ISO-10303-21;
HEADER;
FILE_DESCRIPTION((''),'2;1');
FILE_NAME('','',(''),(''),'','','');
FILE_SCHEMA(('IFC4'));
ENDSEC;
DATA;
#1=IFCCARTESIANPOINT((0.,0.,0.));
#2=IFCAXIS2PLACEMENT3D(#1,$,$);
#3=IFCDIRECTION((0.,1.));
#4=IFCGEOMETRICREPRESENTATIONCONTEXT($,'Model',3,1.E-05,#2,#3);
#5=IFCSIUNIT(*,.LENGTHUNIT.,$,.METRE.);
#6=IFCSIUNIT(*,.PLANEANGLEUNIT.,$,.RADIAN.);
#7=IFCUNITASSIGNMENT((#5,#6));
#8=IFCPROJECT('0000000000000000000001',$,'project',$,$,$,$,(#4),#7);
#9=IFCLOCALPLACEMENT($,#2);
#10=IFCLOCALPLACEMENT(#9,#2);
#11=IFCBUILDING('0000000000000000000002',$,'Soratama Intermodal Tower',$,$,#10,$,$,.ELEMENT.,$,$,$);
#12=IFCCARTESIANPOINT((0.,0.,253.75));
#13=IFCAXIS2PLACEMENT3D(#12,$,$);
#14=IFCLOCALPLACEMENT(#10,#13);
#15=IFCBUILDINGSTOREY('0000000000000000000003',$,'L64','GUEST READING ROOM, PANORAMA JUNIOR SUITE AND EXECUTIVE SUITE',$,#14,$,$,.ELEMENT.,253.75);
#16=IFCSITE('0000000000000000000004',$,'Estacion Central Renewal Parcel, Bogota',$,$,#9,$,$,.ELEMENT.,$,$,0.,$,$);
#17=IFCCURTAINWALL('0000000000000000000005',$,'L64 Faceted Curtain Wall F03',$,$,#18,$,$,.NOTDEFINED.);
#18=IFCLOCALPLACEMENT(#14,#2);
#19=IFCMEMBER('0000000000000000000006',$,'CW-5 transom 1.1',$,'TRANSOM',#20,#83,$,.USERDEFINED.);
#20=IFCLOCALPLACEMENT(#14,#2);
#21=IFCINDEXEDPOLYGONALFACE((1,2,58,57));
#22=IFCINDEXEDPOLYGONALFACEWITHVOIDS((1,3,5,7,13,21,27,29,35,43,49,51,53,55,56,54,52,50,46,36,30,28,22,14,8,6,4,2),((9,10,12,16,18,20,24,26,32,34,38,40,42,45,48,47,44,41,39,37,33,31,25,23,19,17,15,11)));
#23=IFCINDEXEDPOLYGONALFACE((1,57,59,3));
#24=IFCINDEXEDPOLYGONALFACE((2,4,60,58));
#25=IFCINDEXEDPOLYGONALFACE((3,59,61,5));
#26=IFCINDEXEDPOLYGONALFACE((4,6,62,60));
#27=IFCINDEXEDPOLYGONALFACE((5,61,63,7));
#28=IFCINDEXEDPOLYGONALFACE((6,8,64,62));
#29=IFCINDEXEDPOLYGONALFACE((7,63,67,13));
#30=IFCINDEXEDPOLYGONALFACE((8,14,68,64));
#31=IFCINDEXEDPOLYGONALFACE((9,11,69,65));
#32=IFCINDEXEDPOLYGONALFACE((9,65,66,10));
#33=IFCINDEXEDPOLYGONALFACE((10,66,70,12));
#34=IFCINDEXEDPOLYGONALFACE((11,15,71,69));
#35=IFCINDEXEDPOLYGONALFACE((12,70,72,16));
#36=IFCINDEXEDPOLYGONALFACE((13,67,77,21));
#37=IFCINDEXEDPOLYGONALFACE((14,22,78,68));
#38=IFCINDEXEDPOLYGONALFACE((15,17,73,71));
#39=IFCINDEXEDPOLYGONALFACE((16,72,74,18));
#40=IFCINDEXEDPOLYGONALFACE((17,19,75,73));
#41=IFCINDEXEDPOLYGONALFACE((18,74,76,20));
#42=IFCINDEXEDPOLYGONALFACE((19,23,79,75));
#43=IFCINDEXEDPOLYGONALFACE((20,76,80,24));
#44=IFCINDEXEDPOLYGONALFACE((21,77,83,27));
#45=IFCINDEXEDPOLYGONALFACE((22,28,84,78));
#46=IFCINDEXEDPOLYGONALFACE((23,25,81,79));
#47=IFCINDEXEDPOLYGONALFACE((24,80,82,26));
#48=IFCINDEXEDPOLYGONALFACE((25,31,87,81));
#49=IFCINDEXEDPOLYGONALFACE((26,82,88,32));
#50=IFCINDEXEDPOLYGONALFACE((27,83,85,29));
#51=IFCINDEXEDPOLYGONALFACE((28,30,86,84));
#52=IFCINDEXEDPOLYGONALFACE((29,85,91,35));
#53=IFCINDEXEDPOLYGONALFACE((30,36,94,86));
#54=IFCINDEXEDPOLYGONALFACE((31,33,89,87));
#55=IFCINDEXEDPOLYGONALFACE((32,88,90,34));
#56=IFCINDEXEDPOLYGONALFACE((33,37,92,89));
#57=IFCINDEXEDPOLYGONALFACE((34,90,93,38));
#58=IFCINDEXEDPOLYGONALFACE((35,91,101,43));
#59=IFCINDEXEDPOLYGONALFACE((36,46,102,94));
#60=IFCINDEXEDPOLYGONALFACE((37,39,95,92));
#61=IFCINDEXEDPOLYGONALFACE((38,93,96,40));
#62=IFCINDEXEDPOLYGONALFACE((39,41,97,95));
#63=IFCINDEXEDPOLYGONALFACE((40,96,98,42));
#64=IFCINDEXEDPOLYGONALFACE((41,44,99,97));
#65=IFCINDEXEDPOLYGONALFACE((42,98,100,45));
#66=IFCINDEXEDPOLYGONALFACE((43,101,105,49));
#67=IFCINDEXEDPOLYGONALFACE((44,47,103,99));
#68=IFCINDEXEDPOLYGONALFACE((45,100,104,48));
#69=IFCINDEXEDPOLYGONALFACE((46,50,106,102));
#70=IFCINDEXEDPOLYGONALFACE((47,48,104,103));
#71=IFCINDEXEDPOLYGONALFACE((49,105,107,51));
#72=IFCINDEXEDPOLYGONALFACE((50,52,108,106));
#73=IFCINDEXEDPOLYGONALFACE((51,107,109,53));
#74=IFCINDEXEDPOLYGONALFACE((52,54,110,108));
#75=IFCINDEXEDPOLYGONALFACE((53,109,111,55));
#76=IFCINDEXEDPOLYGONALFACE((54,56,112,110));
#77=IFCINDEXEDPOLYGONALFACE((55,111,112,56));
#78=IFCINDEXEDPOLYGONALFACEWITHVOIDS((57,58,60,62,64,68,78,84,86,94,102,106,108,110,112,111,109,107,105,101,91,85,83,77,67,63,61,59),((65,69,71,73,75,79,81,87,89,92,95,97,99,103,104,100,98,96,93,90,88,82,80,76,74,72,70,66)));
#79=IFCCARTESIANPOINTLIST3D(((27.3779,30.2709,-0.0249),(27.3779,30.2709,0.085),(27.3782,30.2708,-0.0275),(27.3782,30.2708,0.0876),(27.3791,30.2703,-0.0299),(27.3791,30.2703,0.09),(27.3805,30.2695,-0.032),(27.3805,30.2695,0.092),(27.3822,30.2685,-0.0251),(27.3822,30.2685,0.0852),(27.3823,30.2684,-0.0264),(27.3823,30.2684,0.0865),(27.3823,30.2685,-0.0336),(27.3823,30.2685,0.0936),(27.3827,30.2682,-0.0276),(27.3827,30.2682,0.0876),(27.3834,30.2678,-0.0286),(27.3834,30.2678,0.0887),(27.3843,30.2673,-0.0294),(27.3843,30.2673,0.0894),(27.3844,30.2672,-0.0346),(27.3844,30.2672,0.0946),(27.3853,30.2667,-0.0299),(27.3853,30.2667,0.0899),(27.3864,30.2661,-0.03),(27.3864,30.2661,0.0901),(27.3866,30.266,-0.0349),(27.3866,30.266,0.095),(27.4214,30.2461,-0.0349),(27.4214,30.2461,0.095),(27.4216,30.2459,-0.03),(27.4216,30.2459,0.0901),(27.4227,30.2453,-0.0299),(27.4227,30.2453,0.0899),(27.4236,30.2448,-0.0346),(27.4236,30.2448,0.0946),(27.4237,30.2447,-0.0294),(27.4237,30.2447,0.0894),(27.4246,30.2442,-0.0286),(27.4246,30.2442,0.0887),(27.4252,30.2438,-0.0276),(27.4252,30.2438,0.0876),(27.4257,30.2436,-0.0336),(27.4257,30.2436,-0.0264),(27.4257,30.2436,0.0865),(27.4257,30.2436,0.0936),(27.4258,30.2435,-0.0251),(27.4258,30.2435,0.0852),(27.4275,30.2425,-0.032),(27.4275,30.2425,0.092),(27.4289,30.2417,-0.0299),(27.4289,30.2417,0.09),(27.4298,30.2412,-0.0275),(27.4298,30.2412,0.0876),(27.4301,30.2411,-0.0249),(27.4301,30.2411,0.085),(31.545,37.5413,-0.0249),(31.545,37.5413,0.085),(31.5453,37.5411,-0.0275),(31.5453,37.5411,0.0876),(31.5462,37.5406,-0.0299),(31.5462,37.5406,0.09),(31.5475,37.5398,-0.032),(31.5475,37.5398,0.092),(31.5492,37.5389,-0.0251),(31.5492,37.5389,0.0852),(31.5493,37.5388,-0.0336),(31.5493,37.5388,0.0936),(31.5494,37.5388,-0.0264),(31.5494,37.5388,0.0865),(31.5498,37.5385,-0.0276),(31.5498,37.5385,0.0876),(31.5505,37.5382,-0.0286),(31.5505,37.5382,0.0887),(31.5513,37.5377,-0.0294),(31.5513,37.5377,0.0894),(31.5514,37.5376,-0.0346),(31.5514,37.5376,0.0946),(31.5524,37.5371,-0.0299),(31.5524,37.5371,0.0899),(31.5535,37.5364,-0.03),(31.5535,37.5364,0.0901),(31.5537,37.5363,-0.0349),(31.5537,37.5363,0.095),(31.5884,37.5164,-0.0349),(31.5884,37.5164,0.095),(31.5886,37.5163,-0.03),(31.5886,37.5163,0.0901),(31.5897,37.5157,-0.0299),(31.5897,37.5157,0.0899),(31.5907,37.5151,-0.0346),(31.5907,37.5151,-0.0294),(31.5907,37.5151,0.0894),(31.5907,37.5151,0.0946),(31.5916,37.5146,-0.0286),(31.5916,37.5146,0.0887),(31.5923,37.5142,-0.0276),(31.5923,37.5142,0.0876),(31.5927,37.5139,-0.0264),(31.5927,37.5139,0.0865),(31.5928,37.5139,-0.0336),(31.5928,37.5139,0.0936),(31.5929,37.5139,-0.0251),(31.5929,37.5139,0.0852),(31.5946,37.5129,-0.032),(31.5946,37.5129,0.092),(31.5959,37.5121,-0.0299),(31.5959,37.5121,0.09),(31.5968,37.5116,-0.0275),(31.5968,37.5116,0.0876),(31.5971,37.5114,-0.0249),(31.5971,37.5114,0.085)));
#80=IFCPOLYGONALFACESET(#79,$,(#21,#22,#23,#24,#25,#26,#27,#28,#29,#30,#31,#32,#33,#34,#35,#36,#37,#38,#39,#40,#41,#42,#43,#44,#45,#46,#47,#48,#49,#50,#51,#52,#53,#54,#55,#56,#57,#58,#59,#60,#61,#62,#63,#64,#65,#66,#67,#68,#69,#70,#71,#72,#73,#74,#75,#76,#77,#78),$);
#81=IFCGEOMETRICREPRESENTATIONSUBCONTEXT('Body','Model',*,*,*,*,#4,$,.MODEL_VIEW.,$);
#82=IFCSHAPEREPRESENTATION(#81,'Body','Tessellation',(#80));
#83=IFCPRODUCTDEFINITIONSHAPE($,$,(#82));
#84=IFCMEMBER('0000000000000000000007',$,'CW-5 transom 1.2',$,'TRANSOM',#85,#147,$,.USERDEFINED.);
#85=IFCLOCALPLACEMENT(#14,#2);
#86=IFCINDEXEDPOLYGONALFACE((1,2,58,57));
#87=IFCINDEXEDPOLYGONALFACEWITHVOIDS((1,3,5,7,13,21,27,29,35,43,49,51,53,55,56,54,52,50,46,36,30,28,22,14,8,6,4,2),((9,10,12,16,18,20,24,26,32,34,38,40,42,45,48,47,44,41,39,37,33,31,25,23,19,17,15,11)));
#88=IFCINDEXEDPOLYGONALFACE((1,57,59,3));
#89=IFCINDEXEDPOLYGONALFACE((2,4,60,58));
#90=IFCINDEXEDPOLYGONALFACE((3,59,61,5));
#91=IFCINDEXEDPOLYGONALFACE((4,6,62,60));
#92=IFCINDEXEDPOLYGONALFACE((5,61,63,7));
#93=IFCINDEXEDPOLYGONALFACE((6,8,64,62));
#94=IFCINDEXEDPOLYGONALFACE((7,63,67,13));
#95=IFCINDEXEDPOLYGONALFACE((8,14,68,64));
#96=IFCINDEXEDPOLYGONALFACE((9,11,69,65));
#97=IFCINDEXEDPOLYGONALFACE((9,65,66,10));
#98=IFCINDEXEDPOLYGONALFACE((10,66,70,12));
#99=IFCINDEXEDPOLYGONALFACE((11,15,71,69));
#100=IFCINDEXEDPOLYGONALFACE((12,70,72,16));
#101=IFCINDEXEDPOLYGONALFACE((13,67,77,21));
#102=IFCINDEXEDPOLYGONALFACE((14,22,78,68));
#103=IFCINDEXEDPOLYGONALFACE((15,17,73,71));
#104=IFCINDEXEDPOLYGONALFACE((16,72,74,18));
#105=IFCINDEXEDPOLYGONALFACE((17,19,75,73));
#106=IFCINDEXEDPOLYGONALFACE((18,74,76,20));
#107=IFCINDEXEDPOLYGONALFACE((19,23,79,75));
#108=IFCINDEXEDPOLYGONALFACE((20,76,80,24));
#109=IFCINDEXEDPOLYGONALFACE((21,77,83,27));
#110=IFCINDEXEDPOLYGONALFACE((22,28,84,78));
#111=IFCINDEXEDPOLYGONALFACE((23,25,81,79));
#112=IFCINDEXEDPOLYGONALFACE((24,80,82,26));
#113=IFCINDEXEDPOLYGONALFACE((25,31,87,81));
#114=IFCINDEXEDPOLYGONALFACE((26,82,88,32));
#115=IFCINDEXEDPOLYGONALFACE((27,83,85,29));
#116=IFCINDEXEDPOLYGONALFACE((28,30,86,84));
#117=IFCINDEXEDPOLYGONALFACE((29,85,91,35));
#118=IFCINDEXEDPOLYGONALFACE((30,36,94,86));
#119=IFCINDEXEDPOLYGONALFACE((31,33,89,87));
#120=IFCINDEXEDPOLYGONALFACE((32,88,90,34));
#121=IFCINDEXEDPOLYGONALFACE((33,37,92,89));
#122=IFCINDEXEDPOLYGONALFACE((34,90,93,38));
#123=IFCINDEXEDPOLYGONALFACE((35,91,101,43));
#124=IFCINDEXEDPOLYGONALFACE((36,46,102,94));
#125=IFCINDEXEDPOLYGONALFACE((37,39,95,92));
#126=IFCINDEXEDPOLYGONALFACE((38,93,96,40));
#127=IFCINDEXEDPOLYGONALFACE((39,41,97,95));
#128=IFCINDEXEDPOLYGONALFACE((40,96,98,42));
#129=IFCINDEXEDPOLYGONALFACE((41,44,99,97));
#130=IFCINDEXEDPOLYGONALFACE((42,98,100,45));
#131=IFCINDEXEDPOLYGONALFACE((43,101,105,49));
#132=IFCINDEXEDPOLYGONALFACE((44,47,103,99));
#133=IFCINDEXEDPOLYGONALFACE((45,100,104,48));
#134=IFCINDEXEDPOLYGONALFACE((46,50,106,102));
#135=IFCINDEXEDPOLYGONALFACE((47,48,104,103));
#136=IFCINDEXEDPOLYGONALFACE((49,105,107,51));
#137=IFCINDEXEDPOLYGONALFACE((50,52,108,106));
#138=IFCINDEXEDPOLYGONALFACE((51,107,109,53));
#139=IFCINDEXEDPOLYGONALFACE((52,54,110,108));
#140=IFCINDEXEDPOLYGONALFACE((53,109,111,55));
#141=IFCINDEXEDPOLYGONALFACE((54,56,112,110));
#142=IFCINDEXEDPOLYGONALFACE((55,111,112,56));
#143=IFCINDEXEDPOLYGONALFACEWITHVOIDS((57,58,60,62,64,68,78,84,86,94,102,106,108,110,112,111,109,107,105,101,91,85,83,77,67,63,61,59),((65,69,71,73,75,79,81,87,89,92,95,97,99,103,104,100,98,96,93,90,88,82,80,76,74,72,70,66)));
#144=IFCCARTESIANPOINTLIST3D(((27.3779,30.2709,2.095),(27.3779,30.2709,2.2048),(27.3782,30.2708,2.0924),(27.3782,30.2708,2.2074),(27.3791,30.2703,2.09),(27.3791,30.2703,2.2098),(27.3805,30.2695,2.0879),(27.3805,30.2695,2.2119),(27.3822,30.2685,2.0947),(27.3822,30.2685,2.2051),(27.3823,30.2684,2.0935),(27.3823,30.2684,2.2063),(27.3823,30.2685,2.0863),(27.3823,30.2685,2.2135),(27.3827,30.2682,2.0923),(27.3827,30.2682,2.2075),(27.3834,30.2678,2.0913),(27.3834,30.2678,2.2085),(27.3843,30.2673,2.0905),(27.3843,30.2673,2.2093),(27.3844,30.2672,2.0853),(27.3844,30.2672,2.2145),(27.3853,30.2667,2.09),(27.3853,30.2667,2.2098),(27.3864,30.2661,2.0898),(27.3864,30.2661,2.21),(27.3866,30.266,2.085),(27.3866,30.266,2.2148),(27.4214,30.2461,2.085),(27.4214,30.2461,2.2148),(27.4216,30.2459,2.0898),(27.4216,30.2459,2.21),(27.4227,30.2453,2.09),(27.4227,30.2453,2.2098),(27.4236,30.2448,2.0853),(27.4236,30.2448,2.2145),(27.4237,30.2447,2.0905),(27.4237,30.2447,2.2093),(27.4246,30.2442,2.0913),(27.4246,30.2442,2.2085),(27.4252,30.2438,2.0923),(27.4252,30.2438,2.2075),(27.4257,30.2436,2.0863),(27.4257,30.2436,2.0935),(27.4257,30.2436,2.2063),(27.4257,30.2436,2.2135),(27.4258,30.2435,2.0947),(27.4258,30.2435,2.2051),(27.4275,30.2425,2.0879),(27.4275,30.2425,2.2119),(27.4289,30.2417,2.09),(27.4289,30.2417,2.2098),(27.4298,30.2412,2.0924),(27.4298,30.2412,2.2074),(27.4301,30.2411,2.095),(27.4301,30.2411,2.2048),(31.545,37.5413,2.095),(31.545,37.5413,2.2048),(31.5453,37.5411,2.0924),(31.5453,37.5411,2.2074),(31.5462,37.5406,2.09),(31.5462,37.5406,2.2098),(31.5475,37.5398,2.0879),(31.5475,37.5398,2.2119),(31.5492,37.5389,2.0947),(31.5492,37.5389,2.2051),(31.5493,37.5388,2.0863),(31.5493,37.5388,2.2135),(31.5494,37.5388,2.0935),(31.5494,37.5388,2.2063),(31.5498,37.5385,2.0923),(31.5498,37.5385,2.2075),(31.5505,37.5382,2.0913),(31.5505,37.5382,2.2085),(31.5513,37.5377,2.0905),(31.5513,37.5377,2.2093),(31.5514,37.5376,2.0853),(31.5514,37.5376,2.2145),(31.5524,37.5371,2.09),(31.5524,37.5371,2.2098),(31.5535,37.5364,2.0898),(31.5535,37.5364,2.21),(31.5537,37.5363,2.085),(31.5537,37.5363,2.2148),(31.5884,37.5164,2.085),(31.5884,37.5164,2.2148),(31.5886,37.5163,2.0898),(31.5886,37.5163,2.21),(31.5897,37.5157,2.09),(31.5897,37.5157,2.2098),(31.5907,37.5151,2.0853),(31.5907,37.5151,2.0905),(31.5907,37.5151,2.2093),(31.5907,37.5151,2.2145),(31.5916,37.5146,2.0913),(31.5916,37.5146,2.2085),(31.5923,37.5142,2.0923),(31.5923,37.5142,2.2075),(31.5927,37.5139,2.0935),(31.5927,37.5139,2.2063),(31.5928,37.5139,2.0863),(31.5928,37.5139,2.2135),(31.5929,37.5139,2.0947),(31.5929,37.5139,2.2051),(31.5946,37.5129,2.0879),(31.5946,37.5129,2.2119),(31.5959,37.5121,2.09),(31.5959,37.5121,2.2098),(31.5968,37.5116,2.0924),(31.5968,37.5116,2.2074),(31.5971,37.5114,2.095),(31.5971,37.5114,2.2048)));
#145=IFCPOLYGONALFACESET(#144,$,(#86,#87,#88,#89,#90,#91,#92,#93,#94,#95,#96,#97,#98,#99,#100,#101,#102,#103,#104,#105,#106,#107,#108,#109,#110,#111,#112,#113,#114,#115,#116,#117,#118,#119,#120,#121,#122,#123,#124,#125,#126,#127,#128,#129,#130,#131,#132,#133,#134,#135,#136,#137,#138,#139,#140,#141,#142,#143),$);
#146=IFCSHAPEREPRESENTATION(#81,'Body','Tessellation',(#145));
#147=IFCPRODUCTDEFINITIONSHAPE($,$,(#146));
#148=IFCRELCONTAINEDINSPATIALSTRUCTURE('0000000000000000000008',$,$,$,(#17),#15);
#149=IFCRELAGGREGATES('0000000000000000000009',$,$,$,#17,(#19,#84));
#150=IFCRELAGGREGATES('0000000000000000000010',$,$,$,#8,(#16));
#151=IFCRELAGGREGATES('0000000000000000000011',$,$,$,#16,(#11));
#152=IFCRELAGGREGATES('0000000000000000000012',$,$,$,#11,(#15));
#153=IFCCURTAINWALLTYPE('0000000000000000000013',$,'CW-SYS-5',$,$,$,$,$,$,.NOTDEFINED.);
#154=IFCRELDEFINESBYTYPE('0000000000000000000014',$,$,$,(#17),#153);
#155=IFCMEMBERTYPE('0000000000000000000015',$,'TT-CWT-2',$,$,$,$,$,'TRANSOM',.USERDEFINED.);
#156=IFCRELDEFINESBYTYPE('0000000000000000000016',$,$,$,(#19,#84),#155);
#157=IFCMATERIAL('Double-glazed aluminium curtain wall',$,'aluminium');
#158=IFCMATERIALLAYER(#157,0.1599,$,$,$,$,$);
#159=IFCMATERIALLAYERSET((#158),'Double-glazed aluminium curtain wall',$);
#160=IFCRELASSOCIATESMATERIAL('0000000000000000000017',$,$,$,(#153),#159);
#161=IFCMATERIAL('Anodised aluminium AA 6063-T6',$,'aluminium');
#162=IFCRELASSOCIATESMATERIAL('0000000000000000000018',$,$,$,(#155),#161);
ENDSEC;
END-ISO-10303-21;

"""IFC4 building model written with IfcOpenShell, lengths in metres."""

from ifc_helpers import new_model, si_unit, direction, frame, origin, origin_2d, place, context, subcontext, project, spatial, hollow_rectangle, extrude, material, layer, layer_set, material_profile, profile_set, type_object, element, aggregate, save


model = new_model("IFC4")

# Units and contexts
model_context = context("Model", 3, precision=1e-05, world=origin(), true_north=direction((0.0, 1.0)))
body_context = subcontext(model_context, "Body", "Model", "MODEL_VIEW")
ifc_project = project(units=[si_unit("LENGTHUNIT", "METRE"), si_unit("PLANEANGLEUNIT", "RADIAN")], contexts=[model_context])

# Site, building, storey
site_placement = place(None, origin())
site = spatial("IfcSite", under=ifc_project, at=site_placement, Name="Estacion Central Renewal Parcel, Bogota", CompositionType="ELEMENT", RefElevation=0.0)
building_placement = place(site_placement, origin())
building = spatial("IfcBuilding", under=site, at=building_placement, Name="Soratama Intermodal Tower", CompositionType="ELEMENT")
storey_placement = place(building_placement, frame((0.0, 0.0, 253.75)))
storey = spatial("IfcBuildingStorey", under=building, at=storey_placement, Name="L64", Description="GUEST READING ROOM, PANORAMA JUNIOR SUITE AND EXECUTIVE SUITE", CompositionType="ELEMENT", Elevation=253.75)

# Shared definitions
ifc_material_1 = material(Name="Double-glazed aluminium curtain wall", Category="aluminium")
ifc_layer_1 = layer(ifc_material_1, 0.1599)
ifc_layer_set_1 = layer_set([ifc_layer_1], Name="Double-glazed aluminium curtain wall")
curtain_wall_type = type_object("IfcCurtainWallType", Name="CW-SYS-5", PredefinedType="NOTDEFINED", material=ifc_layer_set_1)

# Curtain wall, members
curtain_wall_1_placement = place(storey_placement, origin())
curtain_wall_1 = element("IfcCurtainWall", 1, at=curtain_wall_1_placement, inside=storey, type_object=curtain_wall_type, Name="L64 Faceted Curtain Wall F03", PredefinedType="NOTDEFINED")
ifc_material_2 = material(Name="Anodised aluminium AA 6063-T6", Category="aluminium")
ifc_material_profile_1 = material_profile(ifc_material_2, hollow_rectangle(XDim=0.0601, YDim=0.1299, WallThickness=0.0049, InnerFilletRadius=0.0049, OuterFilletRadius=0.01, at=origin_2d()), Name="CWT130X60X5")
ifc_profile_set_1 = profile_set([ifc_material_profile_1], Name="Anodised aluminium AA 6063-T6")
member_type_1 = type_object("IfcMemberType", Name="TT-CWT-2", ElementType="TRANSOM", PredefinedType="USERDEFINED", material=ifc_profile_set_1)
member_1_placement = place(storey_placement, frame((31.571, 37.5264, 0.03), z_axis=(-0.497268, -0.867597, 0.0), x_axis=(0.867597, -0.497268, 0.0)))
member_1 = element("IfcMember", 2, at=member_1_placement, type_object=member_type_1, Name="CW-5 transom 1.1", ObjectType="TRANSOM", PredefinedType="USERDEFINED", context=body_context, shape_type="SweptSolid", body=[
    extrude(hollow_rectangle(XDim=0.0601, YDim=0.1299, WallThickness=0.0049, InnerFilletRadius=0.0049, OuterFilletRadius=0.01, at=origin_2d()), origin(), (0.0, 0.0, 1.0), 8.3799),
])
member_2_placement = place(storey_placement, frame((31.571, 37.5264, 2.1499), z_axis=(-0.497268, -0.867597, 0.0), x_axis=(0.867597, -0.497268, 0.0)))
member_2 = element("IfcMember", 3, at=member_2_placement, type_object=member_type_1, Name="CW-5 transom 1.2", ObjectType="TRANSOM", PredefinedType="USERDEFINED", context=body_context, shape_type="SweptSolid", body=[
    extrude(hollow_rectangle(XDim=0.0601, YDim=0.1299, WallThickness=0.0049, InnerFilletRadius=0.0049, OuterFilletRadius=0.01, at=origin_2d()), origin(), (0.0, 0.0, 1.0), 8.3799),
])
aggregate(curtain_wall_1, [member_1, member_2])

save(model, "model.ifc")
